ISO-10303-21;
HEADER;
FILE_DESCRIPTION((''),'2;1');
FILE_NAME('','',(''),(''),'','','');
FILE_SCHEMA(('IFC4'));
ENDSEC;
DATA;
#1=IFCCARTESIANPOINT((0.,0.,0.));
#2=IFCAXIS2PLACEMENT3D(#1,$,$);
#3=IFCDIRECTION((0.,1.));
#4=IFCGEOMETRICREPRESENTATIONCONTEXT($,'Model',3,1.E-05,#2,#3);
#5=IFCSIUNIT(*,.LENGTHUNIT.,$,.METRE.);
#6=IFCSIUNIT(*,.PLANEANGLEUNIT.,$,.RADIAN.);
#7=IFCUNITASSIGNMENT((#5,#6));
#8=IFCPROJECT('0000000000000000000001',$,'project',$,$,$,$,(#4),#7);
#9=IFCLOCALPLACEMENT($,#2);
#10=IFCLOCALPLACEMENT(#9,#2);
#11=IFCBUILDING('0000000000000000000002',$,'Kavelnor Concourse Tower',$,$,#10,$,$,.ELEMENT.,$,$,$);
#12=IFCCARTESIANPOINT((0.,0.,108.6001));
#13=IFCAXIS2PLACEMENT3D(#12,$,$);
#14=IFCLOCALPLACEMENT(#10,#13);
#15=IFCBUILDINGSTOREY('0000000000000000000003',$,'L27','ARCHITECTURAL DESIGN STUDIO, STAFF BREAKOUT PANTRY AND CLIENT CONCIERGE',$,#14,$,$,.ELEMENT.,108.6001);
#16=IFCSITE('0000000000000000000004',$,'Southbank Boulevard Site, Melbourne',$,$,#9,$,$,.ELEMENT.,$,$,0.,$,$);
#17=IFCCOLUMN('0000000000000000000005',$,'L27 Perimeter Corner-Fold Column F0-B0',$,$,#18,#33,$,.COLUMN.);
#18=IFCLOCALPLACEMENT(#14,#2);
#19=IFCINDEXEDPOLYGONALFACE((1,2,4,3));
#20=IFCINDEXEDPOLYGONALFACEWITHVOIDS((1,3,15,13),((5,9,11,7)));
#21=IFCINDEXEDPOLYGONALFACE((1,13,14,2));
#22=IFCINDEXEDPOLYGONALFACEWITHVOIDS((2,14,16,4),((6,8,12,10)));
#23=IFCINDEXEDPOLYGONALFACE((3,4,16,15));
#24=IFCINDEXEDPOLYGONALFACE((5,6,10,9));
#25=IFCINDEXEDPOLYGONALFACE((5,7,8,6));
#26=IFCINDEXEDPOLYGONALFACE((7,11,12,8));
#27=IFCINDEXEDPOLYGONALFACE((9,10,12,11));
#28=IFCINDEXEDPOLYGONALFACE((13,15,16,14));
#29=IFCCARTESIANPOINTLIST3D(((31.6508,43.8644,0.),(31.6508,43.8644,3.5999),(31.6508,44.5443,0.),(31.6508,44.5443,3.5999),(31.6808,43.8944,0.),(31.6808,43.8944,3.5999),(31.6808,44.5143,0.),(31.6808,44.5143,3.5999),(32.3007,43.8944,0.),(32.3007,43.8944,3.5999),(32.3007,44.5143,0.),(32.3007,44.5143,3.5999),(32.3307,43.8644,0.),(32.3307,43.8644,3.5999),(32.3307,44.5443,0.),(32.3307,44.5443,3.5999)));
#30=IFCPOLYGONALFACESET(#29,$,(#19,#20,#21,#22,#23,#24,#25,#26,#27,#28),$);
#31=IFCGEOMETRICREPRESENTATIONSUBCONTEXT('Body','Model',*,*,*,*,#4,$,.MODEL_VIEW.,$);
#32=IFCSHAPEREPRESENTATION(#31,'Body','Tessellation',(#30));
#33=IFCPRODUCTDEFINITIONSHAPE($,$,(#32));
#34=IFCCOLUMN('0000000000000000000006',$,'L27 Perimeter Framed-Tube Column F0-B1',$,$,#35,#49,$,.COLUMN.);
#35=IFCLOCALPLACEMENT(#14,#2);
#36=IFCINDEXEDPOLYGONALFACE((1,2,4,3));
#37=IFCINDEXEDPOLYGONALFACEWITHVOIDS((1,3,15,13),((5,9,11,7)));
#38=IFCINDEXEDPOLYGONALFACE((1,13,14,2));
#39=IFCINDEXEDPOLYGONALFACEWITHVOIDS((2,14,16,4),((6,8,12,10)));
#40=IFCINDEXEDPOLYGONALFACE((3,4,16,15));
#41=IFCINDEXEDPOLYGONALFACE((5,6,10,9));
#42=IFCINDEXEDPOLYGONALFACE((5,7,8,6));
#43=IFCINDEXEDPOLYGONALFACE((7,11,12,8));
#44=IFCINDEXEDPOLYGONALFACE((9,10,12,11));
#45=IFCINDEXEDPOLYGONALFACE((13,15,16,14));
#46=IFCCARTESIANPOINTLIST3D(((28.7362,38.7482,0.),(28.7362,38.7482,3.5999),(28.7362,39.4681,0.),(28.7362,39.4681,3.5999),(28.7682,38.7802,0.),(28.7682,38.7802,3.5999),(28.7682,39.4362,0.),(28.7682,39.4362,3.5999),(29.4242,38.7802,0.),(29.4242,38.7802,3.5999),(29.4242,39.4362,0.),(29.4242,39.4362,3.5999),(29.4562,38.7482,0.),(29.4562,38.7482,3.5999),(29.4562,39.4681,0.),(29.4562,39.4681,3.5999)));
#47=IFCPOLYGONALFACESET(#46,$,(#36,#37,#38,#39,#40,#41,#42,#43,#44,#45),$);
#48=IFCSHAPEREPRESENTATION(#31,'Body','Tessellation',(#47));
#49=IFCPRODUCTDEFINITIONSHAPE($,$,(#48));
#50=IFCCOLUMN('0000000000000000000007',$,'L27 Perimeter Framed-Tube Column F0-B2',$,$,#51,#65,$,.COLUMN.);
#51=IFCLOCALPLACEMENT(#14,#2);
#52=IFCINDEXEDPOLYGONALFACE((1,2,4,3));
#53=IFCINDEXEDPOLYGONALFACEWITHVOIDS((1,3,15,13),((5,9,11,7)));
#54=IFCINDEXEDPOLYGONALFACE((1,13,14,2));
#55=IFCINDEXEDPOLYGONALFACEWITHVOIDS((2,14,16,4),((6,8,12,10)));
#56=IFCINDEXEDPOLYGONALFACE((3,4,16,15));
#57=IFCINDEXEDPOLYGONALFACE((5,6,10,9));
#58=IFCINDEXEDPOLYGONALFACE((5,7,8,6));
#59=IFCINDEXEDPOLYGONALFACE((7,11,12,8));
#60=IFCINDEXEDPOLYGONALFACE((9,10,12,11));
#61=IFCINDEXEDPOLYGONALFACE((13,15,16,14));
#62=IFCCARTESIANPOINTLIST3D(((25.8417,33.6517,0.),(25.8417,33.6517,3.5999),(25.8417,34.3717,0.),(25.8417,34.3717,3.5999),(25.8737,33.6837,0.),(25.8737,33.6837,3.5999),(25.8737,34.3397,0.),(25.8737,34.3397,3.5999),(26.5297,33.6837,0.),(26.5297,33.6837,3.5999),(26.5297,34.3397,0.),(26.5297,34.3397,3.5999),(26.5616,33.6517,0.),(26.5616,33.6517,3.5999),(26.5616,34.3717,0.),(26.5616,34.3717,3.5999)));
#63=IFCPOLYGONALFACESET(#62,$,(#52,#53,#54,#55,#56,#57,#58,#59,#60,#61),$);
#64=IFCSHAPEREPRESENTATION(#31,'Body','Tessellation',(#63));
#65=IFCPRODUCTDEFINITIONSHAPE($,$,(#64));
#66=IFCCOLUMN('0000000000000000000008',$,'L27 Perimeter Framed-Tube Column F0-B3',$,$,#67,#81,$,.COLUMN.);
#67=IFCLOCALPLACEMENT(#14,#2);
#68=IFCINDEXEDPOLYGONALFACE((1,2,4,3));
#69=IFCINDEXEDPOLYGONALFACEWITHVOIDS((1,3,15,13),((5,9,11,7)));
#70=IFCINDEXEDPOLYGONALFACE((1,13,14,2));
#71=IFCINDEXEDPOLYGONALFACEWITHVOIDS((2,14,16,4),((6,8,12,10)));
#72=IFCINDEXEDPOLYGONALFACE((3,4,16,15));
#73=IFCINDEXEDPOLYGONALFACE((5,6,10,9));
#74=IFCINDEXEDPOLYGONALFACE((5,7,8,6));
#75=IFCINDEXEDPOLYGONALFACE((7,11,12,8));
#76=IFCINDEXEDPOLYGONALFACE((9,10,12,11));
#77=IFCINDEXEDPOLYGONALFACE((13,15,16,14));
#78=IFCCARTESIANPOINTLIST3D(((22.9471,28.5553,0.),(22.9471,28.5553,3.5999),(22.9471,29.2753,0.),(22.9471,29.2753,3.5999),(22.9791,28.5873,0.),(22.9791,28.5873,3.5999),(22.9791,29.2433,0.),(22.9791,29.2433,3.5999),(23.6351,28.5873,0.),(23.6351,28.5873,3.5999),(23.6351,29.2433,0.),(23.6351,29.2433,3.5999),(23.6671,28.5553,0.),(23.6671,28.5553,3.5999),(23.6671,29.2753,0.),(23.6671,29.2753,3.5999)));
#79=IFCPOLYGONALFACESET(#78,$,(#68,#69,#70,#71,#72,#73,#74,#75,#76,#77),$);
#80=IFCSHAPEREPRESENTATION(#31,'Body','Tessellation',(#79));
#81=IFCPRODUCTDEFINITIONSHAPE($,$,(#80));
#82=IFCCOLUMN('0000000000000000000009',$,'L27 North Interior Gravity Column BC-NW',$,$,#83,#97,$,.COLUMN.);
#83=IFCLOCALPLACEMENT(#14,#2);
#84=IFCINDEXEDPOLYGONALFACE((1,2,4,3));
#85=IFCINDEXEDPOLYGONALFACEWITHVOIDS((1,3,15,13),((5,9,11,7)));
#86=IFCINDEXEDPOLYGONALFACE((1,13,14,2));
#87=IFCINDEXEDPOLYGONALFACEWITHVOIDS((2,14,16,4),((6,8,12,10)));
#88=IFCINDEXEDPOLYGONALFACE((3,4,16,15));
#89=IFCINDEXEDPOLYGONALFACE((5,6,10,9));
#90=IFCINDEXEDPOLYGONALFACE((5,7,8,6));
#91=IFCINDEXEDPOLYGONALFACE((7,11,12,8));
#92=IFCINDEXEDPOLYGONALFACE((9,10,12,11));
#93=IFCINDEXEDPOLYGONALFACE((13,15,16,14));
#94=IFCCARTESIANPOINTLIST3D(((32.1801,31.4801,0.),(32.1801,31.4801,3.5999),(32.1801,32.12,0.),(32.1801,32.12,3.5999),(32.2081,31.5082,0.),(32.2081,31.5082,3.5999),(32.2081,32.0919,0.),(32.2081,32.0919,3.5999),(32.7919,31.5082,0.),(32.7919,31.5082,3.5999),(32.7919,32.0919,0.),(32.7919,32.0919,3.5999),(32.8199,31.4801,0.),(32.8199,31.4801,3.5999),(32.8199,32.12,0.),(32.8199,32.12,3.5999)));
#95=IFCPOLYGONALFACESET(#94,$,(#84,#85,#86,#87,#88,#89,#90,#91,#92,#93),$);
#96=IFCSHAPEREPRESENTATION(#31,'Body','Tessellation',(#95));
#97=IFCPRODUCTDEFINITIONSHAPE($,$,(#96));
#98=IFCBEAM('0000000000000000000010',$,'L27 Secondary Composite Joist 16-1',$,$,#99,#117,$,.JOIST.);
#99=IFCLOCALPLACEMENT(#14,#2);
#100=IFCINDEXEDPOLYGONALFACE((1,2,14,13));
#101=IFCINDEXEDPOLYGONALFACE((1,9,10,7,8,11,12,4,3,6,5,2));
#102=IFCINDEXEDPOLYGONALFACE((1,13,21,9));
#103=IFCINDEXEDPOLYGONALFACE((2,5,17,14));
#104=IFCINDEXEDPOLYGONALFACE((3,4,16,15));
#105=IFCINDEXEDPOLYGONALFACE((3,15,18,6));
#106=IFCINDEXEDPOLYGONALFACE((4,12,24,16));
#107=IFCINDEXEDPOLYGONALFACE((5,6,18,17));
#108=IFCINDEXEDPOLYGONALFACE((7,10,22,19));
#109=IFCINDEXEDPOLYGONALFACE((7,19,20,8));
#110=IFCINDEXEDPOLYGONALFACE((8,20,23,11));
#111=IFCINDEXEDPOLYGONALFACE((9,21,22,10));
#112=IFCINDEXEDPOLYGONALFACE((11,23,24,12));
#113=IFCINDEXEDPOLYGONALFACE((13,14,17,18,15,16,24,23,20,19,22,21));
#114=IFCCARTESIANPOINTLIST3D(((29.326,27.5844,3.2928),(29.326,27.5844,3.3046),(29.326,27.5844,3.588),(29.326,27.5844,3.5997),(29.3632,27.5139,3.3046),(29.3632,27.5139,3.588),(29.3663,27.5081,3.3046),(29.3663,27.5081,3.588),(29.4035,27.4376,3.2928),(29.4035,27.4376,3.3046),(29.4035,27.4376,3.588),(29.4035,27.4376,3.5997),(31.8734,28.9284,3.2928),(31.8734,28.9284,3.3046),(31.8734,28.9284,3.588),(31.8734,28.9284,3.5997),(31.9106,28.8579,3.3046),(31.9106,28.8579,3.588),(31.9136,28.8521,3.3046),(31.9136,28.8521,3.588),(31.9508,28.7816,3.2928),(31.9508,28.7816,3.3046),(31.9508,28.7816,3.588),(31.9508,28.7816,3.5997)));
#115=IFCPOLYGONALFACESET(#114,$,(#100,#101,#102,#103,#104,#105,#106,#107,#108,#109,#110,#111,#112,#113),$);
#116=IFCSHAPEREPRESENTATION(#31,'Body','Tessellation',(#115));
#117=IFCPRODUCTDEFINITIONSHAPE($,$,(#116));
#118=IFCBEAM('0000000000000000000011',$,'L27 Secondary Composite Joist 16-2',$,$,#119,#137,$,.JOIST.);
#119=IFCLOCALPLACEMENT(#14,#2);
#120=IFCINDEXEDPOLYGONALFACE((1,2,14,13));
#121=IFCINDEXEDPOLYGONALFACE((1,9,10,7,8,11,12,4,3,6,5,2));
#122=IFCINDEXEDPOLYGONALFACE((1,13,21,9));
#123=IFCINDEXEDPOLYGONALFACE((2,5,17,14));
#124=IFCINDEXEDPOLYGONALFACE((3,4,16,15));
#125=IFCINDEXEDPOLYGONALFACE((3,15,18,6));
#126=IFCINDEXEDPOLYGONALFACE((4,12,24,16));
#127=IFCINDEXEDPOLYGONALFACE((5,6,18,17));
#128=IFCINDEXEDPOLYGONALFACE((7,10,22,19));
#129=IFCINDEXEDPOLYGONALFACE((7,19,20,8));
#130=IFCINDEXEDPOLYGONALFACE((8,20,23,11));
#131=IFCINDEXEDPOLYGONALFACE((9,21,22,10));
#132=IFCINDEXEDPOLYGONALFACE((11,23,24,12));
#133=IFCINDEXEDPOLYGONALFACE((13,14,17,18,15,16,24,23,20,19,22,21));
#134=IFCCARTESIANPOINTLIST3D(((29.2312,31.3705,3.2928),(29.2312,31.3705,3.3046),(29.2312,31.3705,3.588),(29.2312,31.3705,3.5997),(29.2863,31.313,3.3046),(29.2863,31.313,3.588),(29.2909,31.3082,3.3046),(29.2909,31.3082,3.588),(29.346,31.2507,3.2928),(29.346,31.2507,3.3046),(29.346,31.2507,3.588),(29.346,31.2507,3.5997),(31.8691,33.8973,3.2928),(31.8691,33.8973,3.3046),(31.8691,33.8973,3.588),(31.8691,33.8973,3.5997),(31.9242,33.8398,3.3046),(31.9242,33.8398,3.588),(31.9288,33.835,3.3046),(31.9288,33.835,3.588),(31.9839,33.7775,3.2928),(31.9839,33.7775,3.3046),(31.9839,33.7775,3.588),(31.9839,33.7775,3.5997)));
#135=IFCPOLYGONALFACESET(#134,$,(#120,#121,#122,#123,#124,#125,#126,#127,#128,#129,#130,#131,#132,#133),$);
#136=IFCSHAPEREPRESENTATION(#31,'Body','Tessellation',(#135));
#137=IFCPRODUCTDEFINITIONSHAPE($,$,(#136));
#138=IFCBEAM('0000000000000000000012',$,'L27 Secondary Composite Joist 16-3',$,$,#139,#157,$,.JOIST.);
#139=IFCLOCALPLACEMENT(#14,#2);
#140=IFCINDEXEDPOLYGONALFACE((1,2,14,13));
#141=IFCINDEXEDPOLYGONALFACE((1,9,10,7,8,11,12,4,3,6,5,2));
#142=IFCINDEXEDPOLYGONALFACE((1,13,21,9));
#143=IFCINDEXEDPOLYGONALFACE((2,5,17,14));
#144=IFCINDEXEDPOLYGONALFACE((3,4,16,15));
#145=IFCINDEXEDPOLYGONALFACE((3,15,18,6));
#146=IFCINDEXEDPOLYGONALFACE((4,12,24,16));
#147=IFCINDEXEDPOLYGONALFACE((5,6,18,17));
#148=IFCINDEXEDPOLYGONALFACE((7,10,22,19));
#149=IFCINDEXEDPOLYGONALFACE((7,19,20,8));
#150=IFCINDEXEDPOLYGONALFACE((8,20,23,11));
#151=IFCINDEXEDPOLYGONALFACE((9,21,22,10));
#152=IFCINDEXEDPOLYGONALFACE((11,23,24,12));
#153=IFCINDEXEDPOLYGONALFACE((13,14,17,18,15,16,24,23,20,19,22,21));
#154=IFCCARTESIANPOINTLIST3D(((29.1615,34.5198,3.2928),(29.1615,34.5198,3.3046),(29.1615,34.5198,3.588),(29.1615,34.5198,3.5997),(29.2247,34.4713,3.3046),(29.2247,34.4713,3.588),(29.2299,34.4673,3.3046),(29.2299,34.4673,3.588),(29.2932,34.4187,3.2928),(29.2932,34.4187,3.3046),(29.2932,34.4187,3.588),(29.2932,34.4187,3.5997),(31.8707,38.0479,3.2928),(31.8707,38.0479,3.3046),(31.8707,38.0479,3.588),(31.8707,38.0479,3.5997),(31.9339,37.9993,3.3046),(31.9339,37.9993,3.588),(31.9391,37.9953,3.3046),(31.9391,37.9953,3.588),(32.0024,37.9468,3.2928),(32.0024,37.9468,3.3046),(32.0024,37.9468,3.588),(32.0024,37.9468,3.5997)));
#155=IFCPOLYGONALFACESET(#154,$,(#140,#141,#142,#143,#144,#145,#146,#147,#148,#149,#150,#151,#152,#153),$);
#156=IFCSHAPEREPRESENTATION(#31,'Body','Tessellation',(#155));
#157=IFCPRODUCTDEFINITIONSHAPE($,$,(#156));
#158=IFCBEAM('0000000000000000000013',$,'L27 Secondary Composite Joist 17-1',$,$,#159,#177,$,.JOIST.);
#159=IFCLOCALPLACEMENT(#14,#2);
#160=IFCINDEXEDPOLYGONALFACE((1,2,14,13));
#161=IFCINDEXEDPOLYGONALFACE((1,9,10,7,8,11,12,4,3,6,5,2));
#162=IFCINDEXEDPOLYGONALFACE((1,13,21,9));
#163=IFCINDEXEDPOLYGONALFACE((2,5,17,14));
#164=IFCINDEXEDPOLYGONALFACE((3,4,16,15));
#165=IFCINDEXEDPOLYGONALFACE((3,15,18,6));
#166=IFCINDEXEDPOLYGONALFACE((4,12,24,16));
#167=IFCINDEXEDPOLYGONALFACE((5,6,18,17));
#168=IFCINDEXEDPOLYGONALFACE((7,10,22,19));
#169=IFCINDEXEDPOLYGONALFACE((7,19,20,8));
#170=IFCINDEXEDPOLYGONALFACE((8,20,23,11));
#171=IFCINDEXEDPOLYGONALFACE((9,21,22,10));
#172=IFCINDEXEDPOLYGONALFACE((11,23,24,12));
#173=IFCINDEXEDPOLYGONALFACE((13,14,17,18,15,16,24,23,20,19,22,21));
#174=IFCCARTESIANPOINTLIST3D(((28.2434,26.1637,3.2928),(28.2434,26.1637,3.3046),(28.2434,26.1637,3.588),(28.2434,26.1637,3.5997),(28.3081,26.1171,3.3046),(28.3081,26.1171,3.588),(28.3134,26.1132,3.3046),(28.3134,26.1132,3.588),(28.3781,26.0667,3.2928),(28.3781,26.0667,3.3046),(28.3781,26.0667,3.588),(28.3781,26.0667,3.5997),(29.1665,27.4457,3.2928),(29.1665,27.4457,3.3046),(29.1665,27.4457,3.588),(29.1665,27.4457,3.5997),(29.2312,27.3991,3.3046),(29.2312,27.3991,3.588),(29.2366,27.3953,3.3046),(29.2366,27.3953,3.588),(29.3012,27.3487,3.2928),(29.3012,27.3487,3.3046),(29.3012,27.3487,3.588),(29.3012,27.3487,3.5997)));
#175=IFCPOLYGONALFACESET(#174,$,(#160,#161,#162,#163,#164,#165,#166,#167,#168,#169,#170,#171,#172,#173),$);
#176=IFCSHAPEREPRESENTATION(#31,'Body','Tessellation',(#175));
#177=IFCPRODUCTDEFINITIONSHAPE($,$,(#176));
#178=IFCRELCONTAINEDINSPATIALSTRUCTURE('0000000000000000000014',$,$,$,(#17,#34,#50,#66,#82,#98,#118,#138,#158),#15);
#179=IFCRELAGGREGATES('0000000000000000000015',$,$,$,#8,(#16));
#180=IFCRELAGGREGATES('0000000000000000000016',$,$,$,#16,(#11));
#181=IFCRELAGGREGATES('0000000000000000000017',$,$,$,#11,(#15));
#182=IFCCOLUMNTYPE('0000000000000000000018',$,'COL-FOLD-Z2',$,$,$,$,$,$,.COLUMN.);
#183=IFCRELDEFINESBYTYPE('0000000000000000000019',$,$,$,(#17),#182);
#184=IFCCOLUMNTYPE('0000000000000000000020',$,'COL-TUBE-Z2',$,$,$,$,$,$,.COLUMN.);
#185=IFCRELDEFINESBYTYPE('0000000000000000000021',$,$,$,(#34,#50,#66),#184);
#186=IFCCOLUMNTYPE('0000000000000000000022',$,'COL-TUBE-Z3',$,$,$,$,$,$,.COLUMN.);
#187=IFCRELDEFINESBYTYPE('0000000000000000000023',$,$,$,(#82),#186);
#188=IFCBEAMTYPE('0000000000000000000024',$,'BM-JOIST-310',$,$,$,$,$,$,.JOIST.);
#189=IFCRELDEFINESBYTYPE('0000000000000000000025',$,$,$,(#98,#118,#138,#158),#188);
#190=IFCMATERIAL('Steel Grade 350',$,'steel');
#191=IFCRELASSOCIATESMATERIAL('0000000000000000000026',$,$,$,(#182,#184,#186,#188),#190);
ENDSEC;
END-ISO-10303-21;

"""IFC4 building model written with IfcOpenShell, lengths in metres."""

from ifc_helpers import new_model, si_unit, direction, frame, origin, origin_2d, place, context, subcontext, project, spatial, hollow_rectangle, i_section, extrude, material, material_profile, profile_set, type_object, element, save


model = new_model("IFC4")

# Units and contexts
model_context = context("Model", 3, precision=1e-05, world=origin(), true_north=direction((0.0, 1.0)))
body_context = subcontext(model_context, "Body", "Model", "MODEL_VIEW")
ifc_project = project(units=[si_unit("LENGTHUNIT", "METRE"), si_unit("PLANEANGLEUNIT", "RADIAN")], contexts=[model_context])

# Site, building, storey
site_placement = place(None, origin())
site = spatial("IfcSite", under=ifc_project, at=site_placement, Name="Southbank Boulevard Site, Melbourne", CompositionType="ELEMENT", RefElevation=0.0)
building_placement = place(site_placement, origin())
building = spatial("IfcBuilding", under=site, at=building_placement, Name="Kavelnor Concourse Tower", CompositionType="ELEMENT")
storey_placement = place(building_placement, frame((0.0, 0.0, 108.6001)))
storey = spatial("IfcBuildingStorey", under=building, at=storey_placement, Name="L27", Description="ARCHITECTURAL DESIGN STUDIO, STAFF BREAKOUT PANTRY AND CLIENT CONCIERGE", CompositionType="ELEMENT", Elevation=108.6001)

# Columns
ifc_material_1 = material(Name="Steel Grade 350", Category="steel")
ifc_material_profile_1 = material_profile(ifc_material_1, hollow_rectangle(XDim=0.6799, YDim=0.6799, WallThickness=0.03, at=origin_2d()), Name="SHS 680x680x30")
ifc_profile_set_1 = profile_set([ifc_material_profile_1], Name="Steel Grade 350")
column_type_1 = type_object("IfcColumnType", Name="COL-FOLD-Z2", PredefinedType="COLUMN", material=ifc_profile_set_1)
column_1_placement = place(storey_placement, frame((31.9907, 44.2043, 0.0), z_axis=(0.0, 0.0, 1.0), x_axis=(1.0, 0.0, 0.0)))
element("IfcColumn", 1, at=column_1_placement, inside=storey, type_object=column_type_1, Name="L27 Perimeter Corner-Fold Column F0-B0", PredefinedType="COLUMN", context=body_context, shape_type="SweptSolid", body=[
    extrude(hollow_rectangle(XDim=0.6799, YDim=0.6799, WallThickness=0.03, at=origin_2d()), origin(), (0.0, 0.0, 1.0), 3.5999),
])
ifc_material_profile_2 = material_profile(ifc_material_1, hollow_rectangle(XDim=0.72, YDim=0.72, WallThickness=0.032, at=origin_2d()), Name="SHS 720x720x32")
ifc_profile_set_2 = profile_set([ifc_material_profile_2], Name="Steel Grade 350")
column_type_2 = type_object("IfcColumnType", Name="COL-TUBE-Z2", PredefinedType="COLUMN", material=ifc_profile_set_2)
for number, where, z_axis, x_axis, name in (
    (2, (29.0962, 39.1082, 0.0), (0.0, 0.0, 1.0), (1.0, 0.0, 0.0), "L27 Perimeter Framed-Tube Column F0-B1"),
    (3, (26.2017, 34.0117, 0.0), (0.0, 0.0, 1.0), (1.0, 0.0, 0.0), "L27 Perimeter Framed-Tube Column F0-B2"),
    (4, (23.3071, 28.9153, 0.0), (0.0, 0.0, 1.0), (1.0, 0.0, 0.0), "L27 Perimeter Framed-Tube Column F0-B3"),
):
    element("IfcColumn", number, at=place(storey_placement, frame(where, z_axis=z_axis, x_axis=x_axis)), inside=storey, type_object=column_type_2, Name=name, PredefinedType="COLUMN", context=body_context, shape_type="SweptSolid", body=[
        extrude(hollow_rectangle(XDim=0.72, YDim=0.72, WallThickness=0.032, at=origin_2d()), origin(), (0.0, 0.0, 1.0), 3.5999),
    ])
ifc_material_profile_3 = material_profile(ifc_material_1, hollow_rectangle(XDim=0.6399, YDim=0.6399, WallThickness=0.0281, at=origin_2d()), Name="SHS 640x640x28")
ifc_profile_set_3 = profile_set([ifc_material_profile_3], Name="Steel Grade 350")
column_type_3 = type_object("IfcColumnType", Name="COL-TUBE-Z3", PredefinedType="COLUMN", material=ifc_profile_set_3)
column_2_placement = place(storey_placement, frame((32.5, 31.8, 0.0), z_axis=(0.0, 0.0, 1.0), x_axis=(1.0, 0.0, 0.0)))
element("IfcColumn", 5, at=column_2_placement, inside=storey, type_object=column_type_3, Name="L27 North Interior Gravity Column BC-NW", PredefinedType="COLUMN", context=body_context, shape_type="SweptSolid", body=[
    extrude(hollow_rectangle(XDim=0.6399, YDim=0.6399, WallThickness=0.0281, at=origin_2d()), origin(), (0.0, 0.0, 1.0), 3.5999),
])

# Beams
ifc_material_profile_4 = material_profile(ifc_material_1, i_section(OverallWidth=0.166, OverallDepth=0.3069, WebThickness=0.0066, FlangeThickness=0.0117, at=origin_2d()), Name="310UB46")
ifc_profile_set_4 = profile_set([ifc_material_profile_4], Name="Steel Grade 350")
beam_type_1 = type_object("IfcBeamType", Name="BM-JOIST-310", PredefinedType="JOIST", material=ifc_profile_set_4)
beam_1_placement = place(storey_placement, frame((31.9121, 28.855, 3.4463), z_axis=(-0.884449, -0.466637, 0.0), x_axis=(0.466637, -0.884449, 0.0)))
element("IfcBeam", 6, at=beam_1_placement, inside=storey, type_object=beam_type_1, Name="L27 Secondary Composite Joist 16-1", PredefinedType="JOIST", context=body_context, shape_type="SweptSolid", body=[
    extrude(i_section(OverallWidth=0.166, OverallDepth=0.3069, WebThickness=0.0066, FlangeThickness=0.0117, at=origin_2d()), origin(), (0.0, 0.0, 1.0), 2.8801),
])
beam_2_placement = place(storey_placement, frame((31.9265, 33.8374, 3.4463), z_axis=(-0.722148, -0.691738, 0.0), x_axis=(0.691738, -0.722148, 0.0)))
element("IfcBeam", 7, at=beam_2_placement, inside=storey, type_object=beam_type_1, Name="L27 Secondary Composite Joist 16-2", PredefinedType="JOIST", context=body_context, shape_type="SweptSolid", body=[
    extrude(i_section(OverallWidth=0.166, OverallDepth=0.3069, WebThickness=0.0066, FlangeThickness=0.0117, at=origin_2d()), origin(), (0.0, 0.0, 1.0), 3.6528),
])
beam_3_placement = place(storey_placement, frame((31.9365, 37.9973, 3.4463), z_axis=(-0.60905, -0.793132, 0.0), x_axis=(0.793132, -0.60905, 0.0)))
element("IfcBeam", 8, at=beam_3_placement, inside=storey, type_object=beam_type_1, Name="L27 Secondary Composite Joist 16-3", PredefinedType="JOIST", context=body_context, shape_type="SweptSolid", body=[
    extrude(i_section(OverallWidth=0.166, OverallDepth=0.3069, WebThickness=0.0066, FlangeThickness=0.0117, at=origin_2d()), origin(), (0.0, 0.0, 1.0), 4.4482),
])
beam_4_placement = place(storey_placement, frame((29.2339, 27.3972, 3.4463), z_axis=(-0.584333, -0.811514, 0.0), x_axis=(0.811514, -0.584333, 0.0)))
element("IfcBeam", 9, at=beam_4_placement, inside=storey, type_object=beam_type_1, Name="L27 Secondary Composite Joist 17-1", PredefinedType="JOIST", context=body_context, shape_type="SweptSolid", body=[
    extrude(i_section(OverallWidth=0.166, OverallDepth=0.3069, WebThickness=0.0066, FlangeThickness=0.0117, at=origin_2d()), origin(), (0.0, 0.0, 1.0), 1.5798),
])

save(model, "model.ifc")
